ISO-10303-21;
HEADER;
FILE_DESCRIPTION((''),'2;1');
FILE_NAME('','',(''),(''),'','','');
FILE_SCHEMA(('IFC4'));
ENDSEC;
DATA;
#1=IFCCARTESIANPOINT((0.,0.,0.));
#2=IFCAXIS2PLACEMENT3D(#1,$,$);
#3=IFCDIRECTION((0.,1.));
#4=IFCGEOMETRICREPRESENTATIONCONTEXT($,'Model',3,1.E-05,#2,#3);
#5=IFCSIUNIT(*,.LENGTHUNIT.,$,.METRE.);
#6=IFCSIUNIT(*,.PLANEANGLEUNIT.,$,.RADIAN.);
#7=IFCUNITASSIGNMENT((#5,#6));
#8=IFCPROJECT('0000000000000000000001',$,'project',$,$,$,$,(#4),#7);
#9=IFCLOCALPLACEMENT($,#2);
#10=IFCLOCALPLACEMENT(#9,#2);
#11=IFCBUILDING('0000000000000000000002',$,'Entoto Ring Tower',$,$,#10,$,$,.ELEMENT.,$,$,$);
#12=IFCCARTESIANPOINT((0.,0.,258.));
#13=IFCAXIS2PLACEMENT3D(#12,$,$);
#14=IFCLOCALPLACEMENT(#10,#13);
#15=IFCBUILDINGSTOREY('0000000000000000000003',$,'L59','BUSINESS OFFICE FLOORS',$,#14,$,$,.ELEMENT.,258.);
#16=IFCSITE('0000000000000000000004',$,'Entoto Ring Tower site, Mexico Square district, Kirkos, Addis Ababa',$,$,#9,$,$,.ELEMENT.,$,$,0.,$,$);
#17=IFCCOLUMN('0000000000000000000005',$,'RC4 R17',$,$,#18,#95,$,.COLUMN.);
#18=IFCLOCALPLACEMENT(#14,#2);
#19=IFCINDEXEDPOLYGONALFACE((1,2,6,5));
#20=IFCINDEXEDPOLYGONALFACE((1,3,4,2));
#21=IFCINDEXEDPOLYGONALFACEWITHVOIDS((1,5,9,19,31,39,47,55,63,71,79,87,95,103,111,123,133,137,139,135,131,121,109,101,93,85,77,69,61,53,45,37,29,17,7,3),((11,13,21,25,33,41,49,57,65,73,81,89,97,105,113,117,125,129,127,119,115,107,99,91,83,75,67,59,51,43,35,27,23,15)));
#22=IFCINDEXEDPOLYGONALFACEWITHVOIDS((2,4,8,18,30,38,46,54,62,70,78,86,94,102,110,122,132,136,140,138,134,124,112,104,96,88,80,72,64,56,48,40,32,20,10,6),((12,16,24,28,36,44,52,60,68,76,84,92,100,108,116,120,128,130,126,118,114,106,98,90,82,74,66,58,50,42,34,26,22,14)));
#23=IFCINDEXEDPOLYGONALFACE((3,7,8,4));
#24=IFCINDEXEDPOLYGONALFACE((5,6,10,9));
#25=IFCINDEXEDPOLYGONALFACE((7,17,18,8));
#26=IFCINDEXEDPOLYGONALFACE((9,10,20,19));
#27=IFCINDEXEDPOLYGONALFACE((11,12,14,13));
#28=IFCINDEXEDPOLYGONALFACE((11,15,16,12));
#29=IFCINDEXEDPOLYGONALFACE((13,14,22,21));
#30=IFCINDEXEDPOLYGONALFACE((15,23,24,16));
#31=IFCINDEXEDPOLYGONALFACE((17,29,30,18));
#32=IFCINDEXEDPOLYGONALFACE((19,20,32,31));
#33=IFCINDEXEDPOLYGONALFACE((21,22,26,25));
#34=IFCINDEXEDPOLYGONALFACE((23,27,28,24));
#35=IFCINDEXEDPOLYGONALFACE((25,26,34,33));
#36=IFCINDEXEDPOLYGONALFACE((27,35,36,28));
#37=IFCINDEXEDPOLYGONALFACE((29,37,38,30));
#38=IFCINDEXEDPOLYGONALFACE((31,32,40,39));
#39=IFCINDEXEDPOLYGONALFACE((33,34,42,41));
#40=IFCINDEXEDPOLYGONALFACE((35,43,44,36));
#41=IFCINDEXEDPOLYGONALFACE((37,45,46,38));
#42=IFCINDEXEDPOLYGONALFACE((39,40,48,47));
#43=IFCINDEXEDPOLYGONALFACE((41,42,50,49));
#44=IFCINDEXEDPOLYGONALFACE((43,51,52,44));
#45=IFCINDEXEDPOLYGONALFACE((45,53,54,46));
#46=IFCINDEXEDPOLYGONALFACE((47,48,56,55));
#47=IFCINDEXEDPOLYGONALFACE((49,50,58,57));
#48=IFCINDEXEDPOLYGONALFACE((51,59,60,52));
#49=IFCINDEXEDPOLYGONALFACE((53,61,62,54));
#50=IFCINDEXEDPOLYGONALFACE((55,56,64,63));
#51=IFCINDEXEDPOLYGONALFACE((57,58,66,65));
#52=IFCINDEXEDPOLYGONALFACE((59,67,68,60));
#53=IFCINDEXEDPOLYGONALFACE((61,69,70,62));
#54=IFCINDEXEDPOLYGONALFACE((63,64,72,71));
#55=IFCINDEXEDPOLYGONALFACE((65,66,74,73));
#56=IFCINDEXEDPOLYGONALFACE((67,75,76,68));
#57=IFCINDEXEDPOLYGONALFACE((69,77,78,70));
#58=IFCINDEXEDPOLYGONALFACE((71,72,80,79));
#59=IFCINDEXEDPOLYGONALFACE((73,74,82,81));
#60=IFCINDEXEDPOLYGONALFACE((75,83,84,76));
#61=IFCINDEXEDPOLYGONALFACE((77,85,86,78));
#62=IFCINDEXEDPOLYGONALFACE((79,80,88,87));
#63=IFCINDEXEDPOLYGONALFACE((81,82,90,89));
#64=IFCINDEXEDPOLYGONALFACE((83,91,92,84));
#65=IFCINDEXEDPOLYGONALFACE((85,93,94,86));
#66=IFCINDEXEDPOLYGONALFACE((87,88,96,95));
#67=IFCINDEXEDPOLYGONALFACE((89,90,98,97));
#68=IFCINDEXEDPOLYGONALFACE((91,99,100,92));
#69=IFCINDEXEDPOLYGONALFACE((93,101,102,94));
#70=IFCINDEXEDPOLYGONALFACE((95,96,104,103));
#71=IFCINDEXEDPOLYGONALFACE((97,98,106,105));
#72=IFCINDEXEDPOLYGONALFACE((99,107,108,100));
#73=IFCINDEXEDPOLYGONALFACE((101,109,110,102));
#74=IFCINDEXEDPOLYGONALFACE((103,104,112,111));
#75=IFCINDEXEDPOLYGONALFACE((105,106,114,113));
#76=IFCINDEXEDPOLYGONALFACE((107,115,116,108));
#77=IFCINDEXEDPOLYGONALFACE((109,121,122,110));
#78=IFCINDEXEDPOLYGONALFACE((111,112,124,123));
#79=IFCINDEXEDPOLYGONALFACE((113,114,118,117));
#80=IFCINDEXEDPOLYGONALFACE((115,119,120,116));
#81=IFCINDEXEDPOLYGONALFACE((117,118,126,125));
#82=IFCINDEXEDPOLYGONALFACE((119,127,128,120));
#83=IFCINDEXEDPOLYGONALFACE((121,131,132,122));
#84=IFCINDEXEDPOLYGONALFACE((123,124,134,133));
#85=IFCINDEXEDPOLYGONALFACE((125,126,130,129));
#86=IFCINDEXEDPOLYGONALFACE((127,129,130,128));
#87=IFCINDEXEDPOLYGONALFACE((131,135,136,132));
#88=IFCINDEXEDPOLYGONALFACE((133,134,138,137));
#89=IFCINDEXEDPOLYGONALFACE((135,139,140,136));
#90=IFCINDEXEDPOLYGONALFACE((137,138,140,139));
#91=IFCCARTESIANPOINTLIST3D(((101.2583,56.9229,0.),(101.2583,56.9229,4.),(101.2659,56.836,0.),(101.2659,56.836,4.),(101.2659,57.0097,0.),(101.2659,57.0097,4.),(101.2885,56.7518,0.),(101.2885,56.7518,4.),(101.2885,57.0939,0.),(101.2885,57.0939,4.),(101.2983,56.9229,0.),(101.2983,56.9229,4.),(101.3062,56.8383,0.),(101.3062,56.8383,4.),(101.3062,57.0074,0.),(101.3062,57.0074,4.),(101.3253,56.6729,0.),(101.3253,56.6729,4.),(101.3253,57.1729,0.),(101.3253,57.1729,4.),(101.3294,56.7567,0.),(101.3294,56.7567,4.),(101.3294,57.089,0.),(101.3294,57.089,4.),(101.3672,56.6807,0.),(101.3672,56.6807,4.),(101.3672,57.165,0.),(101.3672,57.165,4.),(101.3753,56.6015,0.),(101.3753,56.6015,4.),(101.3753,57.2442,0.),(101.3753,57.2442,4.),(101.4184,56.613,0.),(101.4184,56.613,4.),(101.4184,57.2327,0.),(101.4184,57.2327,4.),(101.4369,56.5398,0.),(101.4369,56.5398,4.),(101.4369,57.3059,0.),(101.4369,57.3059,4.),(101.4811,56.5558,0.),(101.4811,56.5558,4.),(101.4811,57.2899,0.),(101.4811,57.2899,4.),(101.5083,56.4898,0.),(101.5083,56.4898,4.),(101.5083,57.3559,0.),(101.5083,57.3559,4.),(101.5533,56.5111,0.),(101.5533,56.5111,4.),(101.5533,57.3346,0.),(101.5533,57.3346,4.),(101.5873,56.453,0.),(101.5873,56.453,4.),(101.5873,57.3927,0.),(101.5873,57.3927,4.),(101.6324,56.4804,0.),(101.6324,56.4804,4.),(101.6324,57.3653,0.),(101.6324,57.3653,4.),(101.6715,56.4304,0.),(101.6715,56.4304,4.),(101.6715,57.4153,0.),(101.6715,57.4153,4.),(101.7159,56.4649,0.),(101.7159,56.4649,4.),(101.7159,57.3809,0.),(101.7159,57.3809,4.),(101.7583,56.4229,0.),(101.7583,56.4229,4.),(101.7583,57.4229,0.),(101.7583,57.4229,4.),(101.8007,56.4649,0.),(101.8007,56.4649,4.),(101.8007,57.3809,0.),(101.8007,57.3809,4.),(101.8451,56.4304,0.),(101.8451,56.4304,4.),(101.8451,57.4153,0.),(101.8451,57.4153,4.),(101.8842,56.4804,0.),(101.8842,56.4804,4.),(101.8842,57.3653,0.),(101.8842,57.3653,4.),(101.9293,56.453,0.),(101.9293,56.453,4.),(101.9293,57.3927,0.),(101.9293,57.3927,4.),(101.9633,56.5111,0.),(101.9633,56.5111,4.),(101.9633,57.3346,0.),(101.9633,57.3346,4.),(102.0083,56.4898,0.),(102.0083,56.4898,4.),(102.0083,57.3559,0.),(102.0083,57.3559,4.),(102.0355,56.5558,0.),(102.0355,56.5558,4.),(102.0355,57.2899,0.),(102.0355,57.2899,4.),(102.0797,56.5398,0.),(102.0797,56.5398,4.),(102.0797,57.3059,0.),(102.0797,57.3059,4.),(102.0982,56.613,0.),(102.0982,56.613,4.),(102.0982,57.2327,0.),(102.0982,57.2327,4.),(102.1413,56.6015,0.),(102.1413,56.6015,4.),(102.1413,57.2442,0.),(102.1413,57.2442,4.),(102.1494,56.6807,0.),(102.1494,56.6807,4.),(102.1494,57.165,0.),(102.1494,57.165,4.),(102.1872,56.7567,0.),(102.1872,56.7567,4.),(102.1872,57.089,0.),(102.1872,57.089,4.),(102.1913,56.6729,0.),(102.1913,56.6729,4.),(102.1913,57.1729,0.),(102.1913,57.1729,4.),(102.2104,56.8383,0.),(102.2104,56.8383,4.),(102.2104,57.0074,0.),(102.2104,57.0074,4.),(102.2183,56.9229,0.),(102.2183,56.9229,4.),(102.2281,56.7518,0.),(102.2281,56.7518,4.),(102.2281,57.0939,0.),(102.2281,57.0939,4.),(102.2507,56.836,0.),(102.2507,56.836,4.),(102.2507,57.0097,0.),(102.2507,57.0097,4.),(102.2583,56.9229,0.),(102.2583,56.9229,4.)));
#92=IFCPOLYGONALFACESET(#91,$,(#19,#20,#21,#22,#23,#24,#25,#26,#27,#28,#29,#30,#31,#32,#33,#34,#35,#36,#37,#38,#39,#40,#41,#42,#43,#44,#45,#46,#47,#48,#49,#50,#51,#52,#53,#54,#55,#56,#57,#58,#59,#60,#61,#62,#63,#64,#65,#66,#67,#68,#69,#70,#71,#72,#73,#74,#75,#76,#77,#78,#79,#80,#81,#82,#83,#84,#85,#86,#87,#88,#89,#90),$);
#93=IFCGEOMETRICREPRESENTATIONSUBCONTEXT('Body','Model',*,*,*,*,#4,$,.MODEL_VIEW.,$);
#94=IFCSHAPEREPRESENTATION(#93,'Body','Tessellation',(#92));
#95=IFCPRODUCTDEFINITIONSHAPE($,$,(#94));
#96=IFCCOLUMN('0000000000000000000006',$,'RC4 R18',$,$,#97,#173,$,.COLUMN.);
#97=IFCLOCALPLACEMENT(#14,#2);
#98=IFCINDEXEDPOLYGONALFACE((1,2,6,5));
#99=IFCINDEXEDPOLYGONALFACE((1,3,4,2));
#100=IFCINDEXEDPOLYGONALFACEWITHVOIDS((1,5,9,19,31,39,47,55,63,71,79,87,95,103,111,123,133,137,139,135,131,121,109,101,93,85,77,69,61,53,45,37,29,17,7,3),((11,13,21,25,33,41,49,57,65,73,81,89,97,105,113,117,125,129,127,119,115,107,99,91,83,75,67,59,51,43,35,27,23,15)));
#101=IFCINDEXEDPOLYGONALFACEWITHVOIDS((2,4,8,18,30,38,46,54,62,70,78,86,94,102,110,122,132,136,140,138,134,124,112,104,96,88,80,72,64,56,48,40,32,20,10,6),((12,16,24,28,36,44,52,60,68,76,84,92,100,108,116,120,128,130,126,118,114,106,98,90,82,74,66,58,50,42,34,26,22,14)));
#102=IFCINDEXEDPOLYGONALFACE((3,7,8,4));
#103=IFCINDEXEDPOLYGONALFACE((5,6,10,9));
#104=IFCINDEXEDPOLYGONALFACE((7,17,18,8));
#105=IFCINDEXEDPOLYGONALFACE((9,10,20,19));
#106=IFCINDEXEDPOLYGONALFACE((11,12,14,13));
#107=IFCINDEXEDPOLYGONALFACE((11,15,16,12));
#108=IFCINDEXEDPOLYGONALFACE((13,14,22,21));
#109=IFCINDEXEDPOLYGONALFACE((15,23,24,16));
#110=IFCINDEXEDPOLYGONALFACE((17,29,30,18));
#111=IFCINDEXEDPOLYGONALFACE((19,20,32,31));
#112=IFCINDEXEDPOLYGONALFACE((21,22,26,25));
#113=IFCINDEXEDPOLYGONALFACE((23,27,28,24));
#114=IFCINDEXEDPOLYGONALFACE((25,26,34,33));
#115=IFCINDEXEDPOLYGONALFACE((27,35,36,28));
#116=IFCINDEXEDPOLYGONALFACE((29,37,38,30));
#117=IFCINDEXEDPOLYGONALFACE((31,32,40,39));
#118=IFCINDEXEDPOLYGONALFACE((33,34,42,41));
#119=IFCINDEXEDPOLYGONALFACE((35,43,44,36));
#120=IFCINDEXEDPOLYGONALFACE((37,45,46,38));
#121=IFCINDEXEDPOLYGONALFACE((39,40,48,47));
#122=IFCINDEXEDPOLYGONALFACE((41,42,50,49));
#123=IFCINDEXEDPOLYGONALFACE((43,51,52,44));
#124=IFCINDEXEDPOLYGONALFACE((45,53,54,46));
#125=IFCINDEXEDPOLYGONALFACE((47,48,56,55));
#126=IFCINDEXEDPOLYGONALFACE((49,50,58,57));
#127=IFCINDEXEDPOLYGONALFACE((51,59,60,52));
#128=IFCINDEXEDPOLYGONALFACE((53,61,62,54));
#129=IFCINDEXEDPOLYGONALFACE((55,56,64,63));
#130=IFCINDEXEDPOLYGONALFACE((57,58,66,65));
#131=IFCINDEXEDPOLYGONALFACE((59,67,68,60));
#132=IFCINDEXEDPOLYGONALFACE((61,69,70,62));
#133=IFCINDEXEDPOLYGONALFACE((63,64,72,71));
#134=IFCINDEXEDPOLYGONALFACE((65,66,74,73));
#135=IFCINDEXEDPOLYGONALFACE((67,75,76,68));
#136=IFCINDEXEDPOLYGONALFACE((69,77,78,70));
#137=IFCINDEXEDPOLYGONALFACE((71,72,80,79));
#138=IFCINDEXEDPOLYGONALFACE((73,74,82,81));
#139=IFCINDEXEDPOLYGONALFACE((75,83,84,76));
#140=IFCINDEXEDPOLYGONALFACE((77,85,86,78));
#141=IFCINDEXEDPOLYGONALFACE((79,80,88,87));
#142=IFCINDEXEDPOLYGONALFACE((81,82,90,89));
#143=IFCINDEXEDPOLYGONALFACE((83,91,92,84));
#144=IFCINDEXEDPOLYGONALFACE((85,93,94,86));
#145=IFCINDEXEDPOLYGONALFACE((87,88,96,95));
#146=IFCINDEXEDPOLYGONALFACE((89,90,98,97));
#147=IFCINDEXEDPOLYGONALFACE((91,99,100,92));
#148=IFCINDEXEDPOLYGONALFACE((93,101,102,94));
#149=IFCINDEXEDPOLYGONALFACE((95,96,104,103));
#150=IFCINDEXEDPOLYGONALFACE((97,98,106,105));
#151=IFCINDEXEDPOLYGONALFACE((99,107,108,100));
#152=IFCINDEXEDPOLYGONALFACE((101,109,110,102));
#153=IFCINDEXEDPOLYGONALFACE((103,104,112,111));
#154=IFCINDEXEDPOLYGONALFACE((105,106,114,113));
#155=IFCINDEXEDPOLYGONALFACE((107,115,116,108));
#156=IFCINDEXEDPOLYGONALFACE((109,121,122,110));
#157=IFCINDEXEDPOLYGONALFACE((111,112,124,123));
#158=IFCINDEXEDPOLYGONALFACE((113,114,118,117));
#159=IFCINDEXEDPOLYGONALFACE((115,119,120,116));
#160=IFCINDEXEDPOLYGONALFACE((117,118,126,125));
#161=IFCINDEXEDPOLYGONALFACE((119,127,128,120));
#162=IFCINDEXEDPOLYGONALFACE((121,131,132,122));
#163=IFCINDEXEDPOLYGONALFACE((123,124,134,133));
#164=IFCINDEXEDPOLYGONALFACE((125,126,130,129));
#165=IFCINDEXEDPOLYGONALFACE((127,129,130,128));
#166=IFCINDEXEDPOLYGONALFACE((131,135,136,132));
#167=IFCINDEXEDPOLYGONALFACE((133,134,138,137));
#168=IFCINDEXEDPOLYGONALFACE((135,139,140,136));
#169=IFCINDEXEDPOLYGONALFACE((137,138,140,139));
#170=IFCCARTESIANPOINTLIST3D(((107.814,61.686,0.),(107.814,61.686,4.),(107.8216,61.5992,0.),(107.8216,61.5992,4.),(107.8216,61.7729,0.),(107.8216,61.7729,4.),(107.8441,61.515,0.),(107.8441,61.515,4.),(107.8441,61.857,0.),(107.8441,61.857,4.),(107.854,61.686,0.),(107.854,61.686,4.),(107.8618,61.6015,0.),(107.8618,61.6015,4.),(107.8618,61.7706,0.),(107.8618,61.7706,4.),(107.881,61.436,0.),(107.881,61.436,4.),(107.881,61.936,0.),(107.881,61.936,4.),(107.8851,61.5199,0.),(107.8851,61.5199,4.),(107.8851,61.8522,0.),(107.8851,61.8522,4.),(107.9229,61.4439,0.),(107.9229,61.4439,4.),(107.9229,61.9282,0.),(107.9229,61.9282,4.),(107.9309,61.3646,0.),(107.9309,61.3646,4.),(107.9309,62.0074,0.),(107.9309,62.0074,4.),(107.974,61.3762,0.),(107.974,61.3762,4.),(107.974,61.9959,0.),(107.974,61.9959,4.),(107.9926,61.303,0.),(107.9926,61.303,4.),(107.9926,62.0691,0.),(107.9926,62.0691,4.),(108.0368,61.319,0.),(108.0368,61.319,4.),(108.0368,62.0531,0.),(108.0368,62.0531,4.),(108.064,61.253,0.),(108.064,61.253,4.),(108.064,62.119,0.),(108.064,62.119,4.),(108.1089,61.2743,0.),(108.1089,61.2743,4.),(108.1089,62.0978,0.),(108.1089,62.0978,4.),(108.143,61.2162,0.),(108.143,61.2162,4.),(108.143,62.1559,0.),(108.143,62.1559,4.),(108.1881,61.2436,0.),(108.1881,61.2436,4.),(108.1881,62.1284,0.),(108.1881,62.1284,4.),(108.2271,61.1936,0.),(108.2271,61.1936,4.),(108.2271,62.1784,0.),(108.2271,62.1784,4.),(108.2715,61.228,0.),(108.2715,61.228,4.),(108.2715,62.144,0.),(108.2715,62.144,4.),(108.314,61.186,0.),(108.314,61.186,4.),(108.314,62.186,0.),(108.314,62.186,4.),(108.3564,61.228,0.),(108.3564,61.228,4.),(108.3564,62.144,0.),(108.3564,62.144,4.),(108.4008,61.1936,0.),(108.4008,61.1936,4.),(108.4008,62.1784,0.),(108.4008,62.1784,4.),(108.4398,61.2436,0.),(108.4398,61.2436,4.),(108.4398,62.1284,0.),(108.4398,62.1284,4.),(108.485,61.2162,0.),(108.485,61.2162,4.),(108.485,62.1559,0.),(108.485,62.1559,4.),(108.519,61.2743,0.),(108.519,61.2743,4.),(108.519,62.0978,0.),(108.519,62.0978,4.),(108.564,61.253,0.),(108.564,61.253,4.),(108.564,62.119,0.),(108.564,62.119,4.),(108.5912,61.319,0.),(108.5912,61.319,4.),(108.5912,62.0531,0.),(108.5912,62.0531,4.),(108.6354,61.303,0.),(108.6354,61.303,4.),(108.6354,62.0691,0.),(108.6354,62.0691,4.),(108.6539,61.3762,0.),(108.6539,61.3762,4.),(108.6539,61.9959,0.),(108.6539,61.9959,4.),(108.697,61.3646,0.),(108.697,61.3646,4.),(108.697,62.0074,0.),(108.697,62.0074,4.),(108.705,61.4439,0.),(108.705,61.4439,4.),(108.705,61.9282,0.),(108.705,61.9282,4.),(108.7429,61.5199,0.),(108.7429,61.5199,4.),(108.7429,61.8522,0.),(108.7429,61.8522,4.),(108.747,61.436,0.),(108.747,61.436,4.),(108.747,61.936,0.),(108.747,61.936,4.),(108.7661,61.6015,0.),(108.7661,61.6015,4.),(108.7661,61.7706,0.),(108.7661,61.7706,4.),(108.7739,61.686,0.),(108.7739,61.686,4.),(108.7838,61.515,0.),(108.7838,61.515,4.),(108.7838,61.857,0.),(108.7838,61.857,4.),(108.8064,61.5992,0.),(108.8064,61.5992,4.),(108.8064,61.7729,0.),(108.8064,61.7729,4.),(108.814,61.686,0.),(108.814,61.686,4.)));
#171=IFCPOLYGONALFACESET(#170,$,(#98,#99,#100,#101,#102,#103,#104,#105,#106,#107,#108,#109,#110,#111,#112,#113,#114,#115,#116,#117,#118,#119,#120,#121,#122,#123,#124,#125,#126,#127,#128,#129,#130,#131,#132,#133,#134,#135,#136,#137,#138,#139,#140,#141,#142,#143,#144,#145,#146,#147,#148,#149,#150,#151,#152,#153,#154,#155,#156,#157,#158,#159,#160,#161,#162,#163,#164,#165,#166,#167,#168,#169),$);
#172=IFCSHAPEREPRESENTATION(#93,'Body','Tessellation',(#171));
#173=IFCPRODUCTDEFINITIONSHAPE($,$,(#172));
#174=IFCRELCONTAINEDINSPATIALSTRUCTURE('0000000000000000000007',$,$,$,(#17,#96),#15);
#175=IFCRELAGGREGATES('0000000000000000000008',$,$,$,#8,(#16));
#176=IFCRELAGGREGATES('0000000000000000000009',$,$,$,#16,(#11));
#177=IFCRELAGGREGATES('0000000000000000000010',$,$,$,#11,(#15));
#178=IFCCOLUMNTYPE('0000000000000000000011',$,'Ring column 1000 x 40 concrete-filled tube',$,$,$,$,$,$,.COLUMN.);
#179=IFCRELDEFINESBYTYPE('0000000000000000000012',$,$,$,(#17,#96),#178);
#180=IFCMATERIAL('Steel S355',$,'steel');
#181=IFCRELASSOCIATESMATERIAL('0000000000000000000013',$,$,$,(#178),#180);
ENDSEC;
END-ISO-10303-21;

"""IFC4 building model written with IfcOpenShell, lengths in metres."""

from ifc_helpers import new_model, si_unit, direction, frame, origin, origin_2d, place, context, subcontext, project, spatial, circle, hollow_circle, extrude, material, material_profile, profile_set, type_object, element, save


model = new_model("IFC4")

# Units and contexts
model_context = context("Model", 3, precision=1e-05, world=origin(), true_north=direction((0.0, 1.0)))
body_context = subcontext(model_context, "Body", "Model", "MODEL_VIEW")
ifc_project = project(units=[si_unit("LENGTHUNIT", "METRE"), si_unit("PLANEANGLEUNIT", "RADIAN")], contexts=[model_context])

# Site, building, storey
site_placement = place(None, origin())
site = spatial("IfcSite", under=ifc_project, at=site_placement, Name="Entoto Ring Tower site, Mexico Square district, Kirkos, Addis Ababa", CompositionType="ELEMENT", RefElevation=0.0)
building_placement = place(site_placement, origin())
building = spatial("IfcBuilding", under=site, at=building_placement, Name="Entoto Ring Tower", CompositionType="ELEMENT")
storey_placement = place(building_placement, frame((0.0, 0.0, 258.0)))
storey = spatial("IfcBuildingStorey", under=building, at=storey_placement, Name="L59", Description="BUSINESS OFFICE FLOORS", CompositionType="ELEMENT", Elevation=258.0)

# Columns
ifc_material_1 = material(Name="Steel S355", Category="steel")
ifc_material_profile_1 = material_profile(ifc_material_1, hollow_circle(Radius=0.5, WallThickness=0.04, at=origin_2d()), Name="CHS 1000 x 40")
ifc_material_2 = material(Name="Concrete C60/75", Category="concrete")
ifc_material_profile_2 = material_profile(ifc_material_2, circle(Radius=0.46, at=origin_2d()), Name="Concrete C60/75 infill")
ifc_profile_set_1 = profile_set([ifc_material_profile_1, ifc_material_profile_2], Name="Steel S355")
column_type = type_object("IfcColumnType", Name="Ring column 1000 x 40 concrete-filled tube", PredefinedType="COLUMN", material=ifc_profile_set_1)
for number, where, z_axis, x_axis, name in (
    (1, (101.7583, 56.9229, 0.0), (0.0, 0.0, 1.0), (1.0, 0.0, 0.0), "RC4 R17"),
    (2, (108.314, 61.686, 0.0), (0.0, 0.0, 1.0), (1.0, 0.0, 0.0), "RC4 R18"),
):
    element("IfcColumn", number, at=place(storey_placement, frame(where, z_axis=z_axis, x_axis=x_axis)), inside=storey, type_object=column_type, Name=name, PredefinedType="COLUMN", context=body_context, shape_type="SweptSolid", body=[
        extrude(hollow_circle(Radius=0.5, WallThickness=0.04, at=origin_2d()), origin(), (0.0, 0.0, 1.0), 4.0),
    ])

save(model, "model.ifc")
